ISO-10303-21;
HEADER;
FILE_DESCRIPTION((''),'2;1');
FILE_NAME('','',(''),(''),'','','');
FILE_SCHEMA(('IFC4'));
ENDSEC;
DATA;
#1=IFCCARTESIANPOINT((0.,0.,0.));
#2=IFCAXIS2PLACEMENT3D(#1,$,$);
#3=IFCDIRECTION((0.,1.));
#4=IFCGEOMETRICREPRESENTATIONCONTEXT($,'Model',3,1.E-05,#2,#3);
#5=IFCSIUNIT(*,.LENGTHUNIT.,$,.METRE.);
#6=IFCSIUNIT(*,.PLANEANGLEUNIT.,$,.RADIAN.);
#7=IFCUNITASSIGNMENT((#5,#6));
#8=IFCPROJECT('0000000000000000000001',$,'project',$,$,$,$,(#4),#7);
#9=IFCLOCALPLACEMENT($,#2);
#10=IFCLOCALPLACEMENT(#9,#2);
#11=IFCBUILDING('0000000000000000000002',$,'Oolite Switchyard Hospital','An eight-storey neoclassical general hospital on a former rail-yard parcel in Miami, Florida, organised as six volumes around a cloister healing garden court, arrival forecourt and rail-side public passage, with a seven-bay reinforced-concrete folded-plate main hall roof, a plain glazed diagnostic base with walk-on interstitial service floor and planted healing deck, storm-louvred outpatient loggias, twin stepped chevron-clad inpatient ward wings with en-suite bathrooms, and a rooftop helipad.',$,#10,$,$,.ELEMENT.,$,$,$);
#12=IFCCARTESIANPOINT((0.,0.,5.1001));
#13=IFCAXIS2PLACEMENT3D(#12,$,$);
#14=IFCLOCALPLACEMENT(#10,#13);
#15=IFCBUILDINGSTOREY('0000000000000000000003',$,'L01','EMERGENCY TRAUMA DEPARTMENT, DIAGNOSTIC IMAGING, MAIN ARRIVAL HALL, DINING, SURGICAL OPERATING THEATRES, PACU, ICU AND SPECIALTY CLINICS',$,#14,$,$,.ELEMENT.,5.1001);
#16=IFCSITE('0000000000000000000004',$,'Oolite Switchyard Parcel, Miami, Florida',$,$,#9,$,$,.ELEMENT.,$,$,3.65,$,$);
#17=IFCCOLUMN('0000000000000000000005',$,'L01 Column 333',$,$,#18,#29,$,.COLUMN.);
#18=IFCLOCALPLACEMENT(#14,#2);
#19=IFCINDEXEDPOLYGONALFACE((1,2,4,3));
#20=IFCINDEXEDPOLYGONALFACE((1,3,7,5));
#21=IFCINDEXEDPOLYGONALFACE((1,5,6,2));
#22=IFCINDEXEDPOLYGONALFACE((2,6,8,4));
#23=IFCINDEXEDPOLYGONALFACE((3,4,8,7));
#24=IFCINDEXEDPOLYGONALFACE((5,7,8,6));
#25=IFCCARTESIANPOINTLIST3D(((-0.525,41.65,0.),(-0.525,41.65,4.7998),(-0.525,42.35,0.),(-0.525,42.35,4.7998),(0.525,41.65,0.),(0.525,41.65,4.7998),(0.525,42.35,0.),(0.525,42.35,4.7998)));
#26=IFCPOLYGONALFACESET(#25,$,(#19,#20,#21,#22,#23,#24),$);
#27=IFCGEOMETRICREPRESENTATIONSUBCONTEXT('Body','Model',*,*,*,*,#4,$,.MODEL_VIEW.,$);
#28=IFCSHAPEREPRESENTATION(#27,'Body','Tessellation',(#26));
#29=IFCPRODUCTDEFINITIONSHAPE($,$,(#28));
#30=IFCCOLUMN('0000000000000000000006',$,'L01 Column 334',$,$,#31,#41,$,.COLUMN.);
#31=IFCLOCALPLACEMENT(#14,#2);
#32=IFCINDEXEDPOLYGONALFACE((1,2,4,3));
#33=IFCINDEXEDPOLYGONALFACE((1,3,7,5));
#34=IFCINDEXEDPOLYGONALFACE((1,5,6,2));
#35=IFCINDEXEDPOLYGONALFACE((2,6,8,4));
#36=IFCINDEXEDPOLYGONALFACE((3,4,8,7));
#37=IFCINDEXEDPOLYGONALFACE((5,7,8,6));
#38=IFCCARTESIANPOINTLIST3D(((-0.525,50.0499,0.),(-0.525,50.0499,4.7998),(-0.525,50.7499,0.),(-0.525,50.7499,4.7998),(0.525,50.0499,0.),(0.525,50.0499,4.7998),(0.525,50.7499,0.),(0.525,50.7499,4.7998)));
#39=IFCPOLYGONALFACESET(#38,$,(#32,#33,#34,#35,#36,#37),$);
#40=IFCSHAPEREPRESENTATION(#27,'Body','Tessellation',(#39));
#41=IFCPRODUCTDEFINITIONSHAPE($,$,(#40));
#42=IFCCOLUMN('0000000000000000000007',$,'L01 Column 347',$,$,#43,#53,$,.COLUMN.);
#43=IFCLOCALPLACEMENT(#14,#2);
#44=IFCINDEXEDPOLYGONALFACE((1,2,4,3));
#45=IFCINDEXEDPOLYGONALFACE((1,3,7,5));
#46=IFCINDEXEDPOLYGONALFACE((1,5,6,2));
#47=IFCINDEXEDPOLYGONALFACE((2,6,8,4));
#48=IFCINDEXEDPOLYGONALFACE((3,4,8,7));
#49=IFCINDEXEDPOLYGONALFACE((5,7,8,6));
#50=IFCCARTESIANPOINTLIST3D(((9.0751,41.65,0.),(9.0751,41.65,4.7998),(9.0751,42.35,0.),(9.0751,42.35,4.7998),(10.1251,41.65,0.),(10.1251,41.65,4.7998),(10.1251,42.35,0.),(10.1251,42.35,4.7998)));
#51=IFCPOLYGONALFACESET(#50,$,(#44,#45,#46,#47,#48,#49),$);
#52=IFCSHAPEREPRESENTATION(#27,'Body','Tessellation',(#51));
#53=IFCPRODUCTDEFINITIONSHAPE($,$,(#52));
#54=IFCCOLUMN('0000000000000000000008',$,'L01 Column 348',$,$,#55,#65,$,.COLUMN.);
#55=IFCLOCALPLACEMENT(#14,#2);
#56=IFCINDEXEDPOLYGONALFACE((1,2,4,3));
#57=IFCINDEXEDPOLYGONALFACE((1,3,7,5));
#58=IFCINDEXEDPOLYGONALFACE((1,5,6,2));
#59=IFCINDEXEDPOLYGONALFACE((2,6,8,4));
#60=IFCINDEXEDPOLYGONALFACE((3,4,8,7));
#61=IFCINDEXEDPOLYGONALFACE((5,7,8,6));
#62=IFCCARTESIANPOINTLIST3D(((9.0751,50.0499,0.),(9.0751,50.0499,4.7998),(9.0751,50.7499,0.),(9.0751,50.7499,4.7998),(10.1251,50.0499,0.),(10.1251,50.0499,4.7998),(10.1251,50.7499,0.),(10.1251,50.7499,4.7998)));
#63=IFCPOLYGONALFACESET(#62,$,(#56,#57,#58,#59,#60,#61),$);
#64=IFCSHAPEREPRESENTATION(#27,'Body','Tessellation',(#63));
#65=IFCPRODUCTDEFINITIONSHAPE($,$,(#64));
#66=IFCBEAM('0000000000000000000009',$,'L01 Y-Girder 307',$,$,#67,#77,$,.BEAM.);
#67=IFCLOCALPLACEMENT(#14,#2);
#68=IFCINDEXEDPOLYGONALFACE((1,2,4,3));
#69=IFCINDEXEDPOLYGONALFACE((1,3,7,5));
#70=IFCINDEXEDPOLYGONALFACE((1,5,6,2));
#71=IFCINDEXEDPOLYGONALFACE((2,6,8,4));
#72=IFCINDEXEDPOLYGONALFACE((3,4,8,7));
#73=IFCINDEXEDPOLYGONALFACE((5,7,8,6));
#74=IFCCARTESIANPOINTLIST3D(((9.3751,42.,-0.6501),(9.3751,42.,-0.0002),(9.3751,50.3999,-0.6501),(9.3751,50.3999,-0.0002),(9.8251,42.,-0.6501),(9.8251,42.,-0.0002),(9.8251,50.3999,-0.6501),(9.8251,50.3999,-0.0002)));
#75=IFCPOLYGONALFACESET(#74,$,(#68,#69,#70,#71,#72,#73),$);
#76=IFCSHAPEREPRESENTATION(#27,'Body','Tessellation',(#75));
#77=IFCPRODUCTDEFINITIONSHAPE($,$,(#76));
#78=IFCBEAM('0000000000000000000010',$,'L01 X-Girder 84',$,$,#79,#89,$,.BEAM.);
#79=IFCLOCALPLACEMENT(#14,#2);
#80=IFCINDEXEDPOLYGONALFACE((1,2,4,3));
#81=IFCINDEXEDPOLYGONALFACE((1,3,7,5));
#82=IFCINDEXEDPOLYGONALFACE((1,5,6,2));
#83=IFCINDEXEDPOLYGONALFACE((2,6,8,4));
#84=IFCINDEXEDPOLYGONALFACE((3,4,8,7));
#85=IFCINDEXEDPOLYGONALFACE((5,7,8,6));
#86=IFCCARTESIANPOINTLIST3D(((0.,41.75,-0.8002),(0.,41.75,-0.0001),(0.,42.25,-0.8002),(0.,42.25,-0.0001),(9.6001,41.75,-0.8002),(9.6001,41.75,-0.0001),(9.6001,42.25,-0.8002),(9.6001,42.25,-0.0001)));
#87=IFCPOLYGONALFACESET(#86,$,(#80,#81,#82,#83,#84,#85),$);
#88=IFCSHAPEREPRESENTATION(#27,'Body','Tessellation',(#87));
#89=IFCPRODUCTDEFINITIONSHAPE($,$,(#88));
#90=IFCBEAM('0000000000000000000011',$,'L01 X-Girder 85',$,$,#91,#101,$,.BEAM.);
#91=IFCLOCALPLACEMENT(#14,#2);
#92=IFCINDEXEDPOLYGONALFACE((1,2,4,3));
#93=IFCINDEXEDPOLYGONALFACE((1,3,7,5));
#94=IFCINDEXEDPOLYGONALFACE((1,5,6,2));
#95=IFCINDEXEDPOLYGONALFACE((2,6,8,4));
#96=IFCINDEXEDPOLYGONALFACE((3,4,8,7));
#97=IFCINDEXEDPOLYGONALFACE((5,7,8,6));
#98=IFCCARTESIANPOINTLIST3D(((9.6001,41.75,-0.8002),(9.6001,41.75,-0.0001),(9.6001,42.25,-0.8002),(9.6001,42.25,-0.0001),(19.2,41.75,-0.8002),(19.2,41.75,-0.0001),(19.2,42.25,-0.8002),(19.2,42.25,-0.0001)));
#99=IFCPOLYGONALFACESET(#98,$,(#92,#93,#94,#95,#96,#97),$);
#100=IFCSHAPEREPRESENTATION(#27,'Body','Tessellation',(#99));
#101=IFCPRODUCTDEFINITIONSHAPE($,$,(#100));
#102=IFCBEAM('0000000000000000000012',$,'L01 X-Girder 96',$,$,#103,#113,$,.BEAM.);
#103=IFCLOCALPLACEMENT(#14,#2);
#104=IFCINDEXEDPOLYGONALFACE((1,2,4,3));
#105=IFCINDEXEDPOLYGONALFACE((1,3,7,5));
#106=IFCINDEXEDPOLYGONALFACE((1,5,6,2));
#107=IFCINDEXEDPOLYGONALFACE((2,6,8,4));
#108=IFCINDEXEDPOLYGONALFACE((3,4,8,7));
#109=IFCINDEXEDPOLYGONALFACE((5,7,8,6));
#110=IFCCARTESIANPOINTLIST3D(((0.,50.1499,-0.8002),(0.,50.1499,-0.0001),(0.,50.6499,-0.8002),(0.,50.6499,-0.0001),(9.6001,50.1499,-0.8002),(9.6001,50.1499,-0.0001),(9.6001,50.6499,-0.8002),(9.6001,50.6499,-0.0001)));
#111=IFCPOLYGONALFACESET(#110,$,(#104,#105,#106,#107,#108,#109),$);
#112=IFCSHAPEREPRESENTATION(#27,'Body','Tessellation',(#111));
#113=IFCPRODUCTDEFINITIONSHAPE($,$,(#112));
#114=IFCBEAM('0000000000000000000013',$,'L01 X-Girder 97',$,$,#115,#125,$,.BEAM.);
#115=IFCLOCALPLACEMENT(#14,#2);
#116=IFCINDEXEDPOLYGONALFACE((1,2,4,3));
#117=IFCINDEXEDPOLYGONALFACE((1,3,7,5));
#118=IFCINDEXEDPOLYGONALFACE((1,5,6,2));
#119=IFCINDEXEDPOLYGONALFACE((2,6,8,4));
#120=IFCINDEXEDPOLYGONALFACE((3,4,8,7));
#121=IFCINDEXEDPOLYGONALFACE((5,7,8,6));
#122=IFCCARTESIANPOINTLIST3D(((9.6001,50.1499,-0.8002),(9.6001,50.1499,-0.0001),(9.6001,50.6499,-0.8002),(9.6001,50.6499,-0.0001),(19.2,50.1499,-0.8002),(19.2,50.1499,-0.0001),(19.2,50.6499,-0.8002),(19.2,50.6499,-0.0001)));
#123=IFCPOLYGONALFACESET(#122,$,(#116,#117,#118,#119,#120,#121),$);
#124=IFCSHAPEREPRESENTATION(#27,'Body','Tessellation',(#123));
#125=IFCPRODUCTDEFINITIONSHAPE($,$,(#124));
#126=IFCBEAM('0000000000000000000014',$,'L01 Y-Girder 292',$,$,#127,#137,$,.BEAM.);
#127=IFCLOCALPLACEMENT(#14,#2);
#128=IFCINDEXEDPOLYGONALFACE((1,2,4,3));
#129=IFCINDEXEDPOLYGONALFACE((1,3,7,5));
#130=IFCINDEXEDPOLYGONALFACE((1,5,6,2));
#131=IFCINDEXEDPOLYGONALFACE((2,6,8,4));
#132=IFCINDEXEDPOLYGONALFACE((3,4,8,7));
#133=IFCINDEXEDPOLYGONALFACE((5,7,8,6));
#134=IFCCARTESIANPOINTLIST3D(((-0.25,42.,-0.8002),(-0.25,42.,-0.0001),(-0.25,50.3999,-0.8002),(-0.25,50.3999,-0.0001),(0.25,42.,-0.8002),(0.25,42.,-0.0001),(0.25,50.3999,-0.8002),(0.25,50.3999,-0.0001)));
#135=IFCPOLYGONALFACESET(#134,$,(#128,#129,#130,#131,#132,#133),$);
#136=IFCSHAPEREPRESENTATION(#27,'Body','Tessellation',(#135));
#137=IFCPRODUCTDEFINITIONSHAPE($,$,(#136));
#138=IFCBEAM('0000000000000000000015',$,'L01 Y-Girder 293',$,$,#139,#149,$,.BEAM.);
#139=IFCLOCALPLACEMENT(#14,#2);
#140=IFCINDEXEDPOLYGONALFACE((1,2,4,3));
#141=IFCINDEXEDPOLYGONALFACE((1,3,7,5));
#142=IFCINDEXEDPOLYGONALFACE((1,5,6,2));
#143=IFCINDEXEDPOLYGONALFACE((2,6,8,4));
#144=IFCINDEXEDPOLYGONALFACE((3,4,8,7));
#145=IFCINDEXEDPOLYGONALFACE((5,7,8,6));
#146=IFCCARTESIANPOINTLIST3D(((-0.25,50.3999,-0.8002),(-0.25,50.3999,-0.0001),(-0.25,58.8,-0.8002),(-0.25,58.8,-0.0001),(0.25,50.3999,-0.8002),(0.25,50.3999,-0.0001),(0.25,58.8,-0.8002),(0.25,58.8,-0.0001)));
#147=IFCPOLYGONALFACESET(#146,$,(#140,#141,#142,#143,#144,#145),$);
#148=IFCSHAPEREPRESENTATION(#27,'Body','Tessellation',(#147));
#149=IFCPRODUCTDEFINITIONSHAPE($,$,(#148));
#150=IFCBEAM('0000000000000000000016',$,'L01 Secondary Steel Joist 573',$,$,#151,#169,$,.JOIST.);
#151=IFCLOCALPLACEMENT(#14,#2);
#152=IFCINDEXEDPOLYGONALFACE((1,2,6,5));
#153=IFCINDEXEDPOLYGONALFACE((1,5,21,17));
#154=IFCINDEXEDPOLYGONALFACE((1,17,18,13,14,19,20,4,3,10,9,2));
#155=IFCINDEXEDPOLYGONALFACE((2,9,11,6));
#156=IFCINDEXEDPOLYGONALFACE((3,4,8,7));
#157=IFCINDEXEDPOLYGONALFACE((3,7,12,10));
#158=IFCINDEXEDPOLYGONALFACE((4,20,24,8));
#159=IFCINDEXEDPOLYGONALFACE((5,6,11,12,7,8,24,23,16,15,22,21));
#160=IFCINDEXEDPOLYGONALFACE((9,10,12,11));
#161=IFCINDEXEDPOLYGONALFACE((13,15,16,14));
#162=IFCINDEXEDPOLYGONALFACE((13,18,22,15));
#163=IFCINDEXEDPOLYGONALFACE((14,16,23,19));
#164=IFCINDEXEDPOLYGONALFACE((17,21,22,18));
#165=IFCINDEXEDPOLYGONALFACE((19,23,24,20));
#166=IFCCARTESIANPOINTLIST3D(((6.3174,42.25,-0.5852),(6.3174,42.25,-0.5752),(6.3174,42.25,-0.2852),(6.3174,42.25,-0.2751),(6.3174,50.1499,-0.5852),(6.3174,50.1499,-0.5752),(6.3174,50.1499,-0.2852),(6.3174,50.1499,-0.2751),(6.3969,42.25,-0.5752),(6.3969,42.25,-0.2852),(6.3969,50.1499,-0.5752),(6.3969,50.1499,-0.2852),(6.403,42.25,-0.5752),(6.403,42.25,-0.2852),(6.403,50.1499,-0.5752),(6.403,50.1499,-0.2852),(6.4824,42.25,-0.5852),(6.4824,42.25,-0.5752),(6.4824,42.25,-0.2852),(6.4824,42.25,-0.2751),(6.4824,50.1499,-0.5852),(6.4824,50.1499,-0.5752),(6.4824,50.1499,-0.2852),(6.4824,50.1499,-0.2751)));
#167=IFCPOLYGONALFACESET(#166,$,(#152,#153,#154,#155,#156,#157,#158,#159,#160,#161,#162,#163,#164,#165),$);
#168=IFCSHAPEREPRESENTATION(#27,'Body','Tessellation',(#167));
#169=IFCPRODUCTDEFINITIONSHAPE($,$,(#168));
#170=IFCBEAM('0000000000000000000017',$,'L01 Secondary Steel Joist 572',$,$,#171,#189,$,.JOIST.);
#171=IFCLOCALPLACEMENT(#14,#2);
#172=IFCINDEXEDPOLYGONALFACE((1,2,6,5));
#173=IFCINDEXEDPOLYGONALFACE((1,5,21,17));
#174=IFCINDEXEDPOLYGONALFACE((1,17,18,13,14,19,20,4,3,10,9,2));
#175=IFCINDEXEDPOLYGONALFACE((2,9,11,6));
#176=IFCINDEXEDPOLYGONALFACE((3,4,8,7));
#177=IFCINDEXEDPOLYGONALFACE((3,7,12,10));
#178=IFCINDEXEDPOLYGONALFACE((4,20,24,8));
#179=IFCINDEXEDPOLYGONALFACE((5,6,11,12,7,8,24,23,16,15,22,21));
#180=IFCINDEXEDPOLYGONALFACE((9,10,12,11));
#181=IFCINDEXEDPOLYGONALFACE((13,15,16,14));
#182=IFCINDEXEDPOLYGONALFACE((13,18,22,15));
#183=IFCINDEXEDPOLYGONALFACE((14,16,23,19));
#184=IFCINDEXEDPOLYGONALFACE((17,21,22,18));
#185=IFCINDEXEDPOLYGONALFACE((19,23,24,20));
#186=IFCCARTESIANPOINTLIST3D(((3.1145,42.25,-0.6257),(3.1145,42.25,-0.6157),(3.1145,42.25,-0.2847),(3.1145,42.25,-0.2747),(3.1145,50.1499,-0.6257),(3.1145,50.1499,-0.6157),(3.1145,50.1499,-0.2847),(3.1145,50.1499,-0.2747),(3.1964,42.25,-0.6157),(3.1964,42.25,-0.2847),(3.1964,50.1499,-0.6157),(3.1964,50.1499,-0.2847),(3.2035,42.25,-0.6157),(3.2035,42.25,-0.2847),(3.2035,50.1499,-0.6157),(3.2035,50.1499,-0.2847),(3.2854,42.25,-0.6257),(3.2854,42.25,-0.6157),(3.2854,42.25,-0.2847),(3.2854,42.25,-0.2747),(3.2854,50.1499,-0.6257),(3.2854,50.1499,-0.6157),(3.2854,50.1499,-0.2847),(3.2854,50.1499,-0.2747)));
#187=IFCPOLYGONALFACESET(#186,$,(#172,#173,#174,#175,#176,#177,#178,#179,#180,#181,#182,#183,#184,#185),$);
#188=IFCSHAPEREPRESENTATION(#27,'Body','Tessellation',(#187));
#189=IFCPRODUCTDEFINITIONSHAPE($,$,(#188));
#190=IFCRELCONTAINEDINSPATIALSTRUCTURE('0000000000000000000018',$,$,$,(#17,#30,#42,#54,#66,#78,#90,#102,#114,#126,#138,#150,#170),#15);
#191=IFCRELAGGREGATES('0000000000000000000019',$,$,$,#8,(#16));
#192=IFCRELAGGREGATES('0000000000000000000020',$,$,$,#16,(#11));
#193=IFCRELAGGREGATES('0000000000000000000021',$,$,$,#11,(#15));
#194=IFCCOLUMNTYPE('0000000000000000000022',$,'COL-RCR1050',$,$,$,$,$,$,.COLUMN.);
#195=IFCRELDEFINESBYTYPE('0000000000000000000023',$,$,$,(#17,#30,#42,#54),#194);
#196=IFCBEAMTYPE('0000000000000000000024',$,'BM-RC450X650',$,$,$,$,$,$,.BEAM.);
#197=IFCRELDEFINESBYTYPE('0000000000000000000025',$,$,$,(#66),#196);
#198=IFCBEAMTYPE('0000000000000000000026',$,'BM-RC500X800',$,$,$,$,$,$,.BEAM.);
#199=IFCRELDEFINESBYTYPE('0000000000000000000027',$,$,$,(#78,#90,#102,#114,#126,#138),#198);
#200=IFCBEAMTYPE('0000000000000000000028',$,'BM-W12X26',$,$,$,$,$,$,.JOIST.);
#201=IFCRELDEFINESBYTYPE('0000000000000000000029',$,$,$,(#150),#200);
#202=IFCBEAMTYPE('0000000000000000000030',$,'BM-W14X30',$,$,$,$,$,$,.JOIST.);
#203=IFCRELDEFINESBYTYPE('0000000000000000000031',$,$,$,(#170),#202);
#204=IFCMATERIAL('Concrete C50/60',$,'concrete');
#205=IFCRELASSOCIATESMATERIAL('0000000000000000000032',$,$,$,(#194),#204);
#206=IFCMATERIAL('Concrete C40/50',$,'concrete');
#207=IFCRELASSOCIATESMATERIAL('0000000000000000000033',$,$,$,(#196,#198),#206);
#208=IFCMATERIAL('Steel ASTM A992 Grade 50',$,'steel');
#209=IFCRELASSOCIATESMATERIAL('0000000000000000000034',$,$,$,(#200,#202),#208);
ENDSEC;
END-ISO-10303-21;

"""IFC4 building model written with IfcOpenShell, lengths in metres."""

from ifc_helpers import new_model, si_unit, direction, frame, origin, origin_2d, place, context, subcontext, project, spatial, rectangle, i_section, extrude, material, material_profile, profile_set, type_object, element, save


model = new_model("IFC4")

# Units and contexts
model_context = context("Model", 3, precision=1e-05, world=origin(), true_north=direction((0.0, 1.0)))
body_context = subcontext(model_context, "Body", "Model", "MODEL_VIEW")
ifc_project = project(units=[si_unit("LENGTHUNIT", "METRE"), si_unit("PLANEANGLEUNIT", "RADIAN")], contexts=[model_context])

# Site, building, storey
site_placement = place(None, origin())
site = spatial("IfcSite", under=ifc_project, at=site_placement, Name="Oolite Switchyard Parcel, Miami, Florida", CompositionType="ELEMENT", RefElevation=3.65)
building_placement = place(site_placement, origin())
building = spatial("IfcBuilding", under=site, at=building_placement, Name="Oolite Switchyard Hospital", Description="An eight-storey neoclassical general hospital on a former rail-yard parcel in Miami, Florida, organised as six volumes around a cloister healing garden court, arrival forecourt and rail-side public passage, with a seven-bay reinforced-concrete folded-plate main hall roof, a plain glazed diagnostic base with walk-on interstitial service floor and planted healing deck, storm-louvred outpatient loggias, twin stepped chevron-clad inpatient ward wings with en-suite bathrooms, and a rooftop helipad.", CompositionType="ELEMENT")
storey_placement = place(building_placement, frame((0.0, 0.0, 5.1001)))
storey = spatial("IfcBuildingStorey", under=building, at=storey_placement, Name="L01", Description="EMERGENCY TRAUMA DEPARTMENT, DIAGNOSTIC IMAGING, MAIN ARRIVAL HALL, DINING, SURGICAL OPERATING THEATRES, PACU, ICU AND SPECIALTY CLINICS", CompositionType="ELEMENT", Elevation=5.1001)

# Columns
ifc_material_1 = material(Name="Concrete C50/60", Category="concrete")
ifc_material_profile_1 = material_profile(ifc_material_1, rectangle(XDim=1.05, YDim=0.7, at=origin_2d()), Name="RC1050X700")
ifc_profile_set_1 = profile_set([ifc_material_profile_1], Name="Concrete C50/60")
column_type = type_object("IfcColumnType", Name="COL-RCR1050", PredefinedType="COLUMN", material=ifc_profile_set_1)
for number, where, z_axis, x_axis, name in (
    (1, (0.0, 42.0, 0.0), (0.0, 0.0, 1.0), (1.0, 0.0, 0.0), "L01 Column 333"),
    (2, (0.0, 50.3999, 0.0), (0.0, 0.0, 1.0), (1.0, 0.0, 0.0), "L01 Column 334"),
    (3, (9.6001, 42.0, 0.0), (0.0, 0.0, 1.0), (1.0, 0.0, 0.0), "L01 Column 347"),
    (4, (9.6001, 50.3999, 0.0), (0.0, 0.0, 1.0), (1.0, 0.0, 0.0), "L01 Column 348"),
):
    element("IfcColumn", number, at=place(storey_placement, frame(where, z_axis=z_axis, x_axis=x_axis)), inside=storey, type_object=column_type, Name=name, PredefinedType="COLUMN", context=body_context, shape_type="SweptSolid", body=[
        extrude(rectangle(XDim=1.05, YDim=0.7, at=origin_2d()), origin(), (0.0, 0.0, 1.0), 4.7998),
    ])

# Beams
ifc_material_2 = material(Name="Concrete C40/50", Category="concrete")
ifc_material_profile_2 = material_profile(ifc_material_2, rectangle(XDim=0.45, YDim=0.6499, at=origin_2d()), Name="RCB450X650")
ifc_profile_set_2 = profile_set([ifc_material_profile_2], Name="Concrete C40/50")
beam_type_1 = type_object("IfcBeamType", Name="BM-RC450X650", PredefinedType="BEAM", material=ifc_profile_set_2)
beam_1_placement = place(storey_placement, frame((9.6001, 42.0, -0.3252), z_axis=(0.0, 1.0, 0.0), x_axis=(-1.0, 0.0, 0.0)))
element("IfcBeam", 5, at=beam_1_placement, inside=storey, type_object=beam_type_1, Name="L01 Y-Girder 307", PredefinedType="BEAM", context=body_context, shape_type="SweptSolid", body=[
    extrude(rectangle(XDim=0.45, YDim=0.6499, at=origin_2d()), origin(), (0.0, 0.0, 1.0), 8.3999),
])
ifc_material_profile_3 = material_profile(ifc_material_2, rectangle(XDim=0.5, YDim=0.8, at=origin_2d()), Name="RCB500X800")
ifc_profile_set_3 = profile_set([ifc_material_profile_3], Name="Concrete C40/50")
beam_type_2 = type_object("IfcBeamType", Name="BM-RC500X800", PredefinedType="BEAM", material=ifc_profile_set_3)
beam_2_placement = place(storey_placement, frame((0.0, 42.0, -0.4001), z_axis=(1.0, 0.0, 0.0), x_axis=(0.0, 1.0, 0.0)))
element("IfcBeam", 6, at=beam_2_placement, inside=storey, type_object=beam_type_2, Name="L01 X-Girder 84", PredefinedType="BEAM", context=body_context, shape_type="SweptSolid", body=[
    extrude(rectangle(XDim=0.5, YDim=0.8, at=origin_2d()), origin(), (0.0, 0.0, 1.0), 9.6001),
])
beam_3_placement = place(storey_placement, frame((9.6001, 42.0, -0.4001), z_axis=(1.0, 0.0, 0.0), x_axis=(0.0, 1.0, 0.0)))
element("IfcBeam", 7, at=beam_3_placement, inside=storey, type_object=beam_type_2, Name="L01 X-Girder 85", PredefinedType="BEAM", context=body_context, shape_type="SweptSolid", body=[
    extrude(rectangle(XDim=0.5, YDim=0.8, at=origin_2d()), origin(), (0.0, 0.0, 1.0), 9.5999),
])
beam_4_placement = place(storey_placement, frame((0.0, 50.3999, -0.4001), z_axis=(1.0, 0.0, 0.0), x_axis=(0.0, 1.0, 0.0)))
element("IfcBeam", 8, at=beam_4_placement, inside=storey, type_object=beam_type_2, Name="L01 X-Girder 96", PredefinedType="BEAM", context=body_context, shape_type="SweptSolid", body=[
    extrude(rectangle(XDim=0.5, YDim=0.8, at=origin_2d()), origin(), (0.0, 0.0, 1.0), 9.6001),
])
beam_5_placement = place(storey_placement, frame((9.6001, 50.3999, -0.4001), z_axis=(1.0, 0.0, 0.0), x_axis=(0.0, 1.0, 0.0)))
element("IfcBeam", 9, at=beam_5_placement, inside=storey, type_object=beam_type_2, Name="L01 X-Girder 97", PredefinedType="BEAM", context=body_context, shape_type="SweptSolid", body=[
    extrude(rectangle(XDim=0.5, YDim=0.8, at=origin_2d()), origin(), (0.0, 0.0, 1.0), 9.5999),
])
beam_6_placement = place(storey_placement, frame((0.0, 42.0, -0.4001), z_axis=(0.0, 1.0, 0.0), x_axis=(-1.0, 0.0, 0.0)))
element("IfcBeam", 10, at=beam_6_placement, inside=storey, type_object=beam_type_2, Name="L01 Y-Girder 292", PredefinedType="BEAM", context=body_context, shape_type="SweptSolid", body=[
    extrude(rectangle(XDim=0.5, YDim=0.8, at=origin_2d()), origin(), (0.0, 0.0, 1.0), 8.3999),
])
beam_7_placement = place(storey_placement, frame((0.0, 50.3999, -0.4001), z_axis=(0.0, 1.0, 0.0), x_axis=(-1.0, 0.0, 0.0)))
element("IfcBeam", 11, at=beam_7_placement, inside=storey, type_object=beam_type_2, Name="L01 Y-Girder 293", PredefinedType="BEAM", context=body_context, shape_type="SweptSolid", body=[
    extrude(rectangle(XDim=0.5, YDim=0.8, at=origin_2d()), origin(), (0.0, 0.0, 1.0), 8.4001),
])
ifc_material_3 = material(Name="Steel ASTM A992 Grade 50", Category="steel")
ifc_material_profile_4 = material_profile(ifc_material_3, i_section(OverallWidth=0.165, OverallDepth=0.3101, WebThickness=0.0061, FlangeThickness=0.01, at=origin_2d()), Name="W12X26")
ifc_profile_set_4 = profile_set([ifc_material_profile_4], Name="Steel ASTM A992 Grade 50")
beam_type_3 = type_object("IfcBeamType", Name="BM-W12X26", PredefinedType="JOIST", material=ifc_profile_set_4)
beam_8_placement = place(storey_placement, frame((6.3999, 42.25, -0.4302), z_axis=(0.0, 1.0, 0.0), x_axis=(-1.0, 0.0, 0.0)))
element("IfcBeam", 12, at=beam_8_placement, inside=storey, type_object=beam_type_3, Name="L01 Secondary Steel Joist 573", PredefinedType="JOIST", context=body_context, shape_type="SweptSolid", body=[
    extrude(i_section(OverallWidth=0.165, OverallDepth=0.3101, WebThickness=0.0061, FlangeThickness=0.01, at=origin_2d()), origin(), (0.0, 0.0, 1.0), 7.8999),
])
ifc_material_profile_5 = material_profile(ifc_material_3, i_section(OverallWidth=0.1709, OverallDepth=0.3511, WebThickness=0.0071, FlangeThickness=0.01, at=origin_2d()), Name="W14X30")
ifc_profile_set_5 = profile_set([ifc_material_profile_5], Name="Steel ASTM A992 Grade 50")
beam_type_4 = type_object("IfcBeamType", Name="BM-W14X30", PredefinedType="JOIST", material=ifc_profile_set_5)
beam_9_placement = place(storey_placement, frame((3.2, 42.25, -0.4502), z_axis=(0.0, 1.0, 0.0), x_axis=(-1.0, 0.0, 0.0)))
element("IfcBeam", 13, at=beam_9_placement, inside=storey, type_object=beam_type_4, Name="L01 Secondary Steel Joist 572", PredefinedType="JOIST", context=body_context, shape_type="SweptSolid", body=[
    extrude(i_section(OverallWidth=0.1709, OverallDepth=0.3511, WebThickness=0.0071, FlangeThickness=0.01, at=origin_2d()), origin(), (0.0, 0.0, 1.0), 7.8999),
])

save(model, "model.ifc")
